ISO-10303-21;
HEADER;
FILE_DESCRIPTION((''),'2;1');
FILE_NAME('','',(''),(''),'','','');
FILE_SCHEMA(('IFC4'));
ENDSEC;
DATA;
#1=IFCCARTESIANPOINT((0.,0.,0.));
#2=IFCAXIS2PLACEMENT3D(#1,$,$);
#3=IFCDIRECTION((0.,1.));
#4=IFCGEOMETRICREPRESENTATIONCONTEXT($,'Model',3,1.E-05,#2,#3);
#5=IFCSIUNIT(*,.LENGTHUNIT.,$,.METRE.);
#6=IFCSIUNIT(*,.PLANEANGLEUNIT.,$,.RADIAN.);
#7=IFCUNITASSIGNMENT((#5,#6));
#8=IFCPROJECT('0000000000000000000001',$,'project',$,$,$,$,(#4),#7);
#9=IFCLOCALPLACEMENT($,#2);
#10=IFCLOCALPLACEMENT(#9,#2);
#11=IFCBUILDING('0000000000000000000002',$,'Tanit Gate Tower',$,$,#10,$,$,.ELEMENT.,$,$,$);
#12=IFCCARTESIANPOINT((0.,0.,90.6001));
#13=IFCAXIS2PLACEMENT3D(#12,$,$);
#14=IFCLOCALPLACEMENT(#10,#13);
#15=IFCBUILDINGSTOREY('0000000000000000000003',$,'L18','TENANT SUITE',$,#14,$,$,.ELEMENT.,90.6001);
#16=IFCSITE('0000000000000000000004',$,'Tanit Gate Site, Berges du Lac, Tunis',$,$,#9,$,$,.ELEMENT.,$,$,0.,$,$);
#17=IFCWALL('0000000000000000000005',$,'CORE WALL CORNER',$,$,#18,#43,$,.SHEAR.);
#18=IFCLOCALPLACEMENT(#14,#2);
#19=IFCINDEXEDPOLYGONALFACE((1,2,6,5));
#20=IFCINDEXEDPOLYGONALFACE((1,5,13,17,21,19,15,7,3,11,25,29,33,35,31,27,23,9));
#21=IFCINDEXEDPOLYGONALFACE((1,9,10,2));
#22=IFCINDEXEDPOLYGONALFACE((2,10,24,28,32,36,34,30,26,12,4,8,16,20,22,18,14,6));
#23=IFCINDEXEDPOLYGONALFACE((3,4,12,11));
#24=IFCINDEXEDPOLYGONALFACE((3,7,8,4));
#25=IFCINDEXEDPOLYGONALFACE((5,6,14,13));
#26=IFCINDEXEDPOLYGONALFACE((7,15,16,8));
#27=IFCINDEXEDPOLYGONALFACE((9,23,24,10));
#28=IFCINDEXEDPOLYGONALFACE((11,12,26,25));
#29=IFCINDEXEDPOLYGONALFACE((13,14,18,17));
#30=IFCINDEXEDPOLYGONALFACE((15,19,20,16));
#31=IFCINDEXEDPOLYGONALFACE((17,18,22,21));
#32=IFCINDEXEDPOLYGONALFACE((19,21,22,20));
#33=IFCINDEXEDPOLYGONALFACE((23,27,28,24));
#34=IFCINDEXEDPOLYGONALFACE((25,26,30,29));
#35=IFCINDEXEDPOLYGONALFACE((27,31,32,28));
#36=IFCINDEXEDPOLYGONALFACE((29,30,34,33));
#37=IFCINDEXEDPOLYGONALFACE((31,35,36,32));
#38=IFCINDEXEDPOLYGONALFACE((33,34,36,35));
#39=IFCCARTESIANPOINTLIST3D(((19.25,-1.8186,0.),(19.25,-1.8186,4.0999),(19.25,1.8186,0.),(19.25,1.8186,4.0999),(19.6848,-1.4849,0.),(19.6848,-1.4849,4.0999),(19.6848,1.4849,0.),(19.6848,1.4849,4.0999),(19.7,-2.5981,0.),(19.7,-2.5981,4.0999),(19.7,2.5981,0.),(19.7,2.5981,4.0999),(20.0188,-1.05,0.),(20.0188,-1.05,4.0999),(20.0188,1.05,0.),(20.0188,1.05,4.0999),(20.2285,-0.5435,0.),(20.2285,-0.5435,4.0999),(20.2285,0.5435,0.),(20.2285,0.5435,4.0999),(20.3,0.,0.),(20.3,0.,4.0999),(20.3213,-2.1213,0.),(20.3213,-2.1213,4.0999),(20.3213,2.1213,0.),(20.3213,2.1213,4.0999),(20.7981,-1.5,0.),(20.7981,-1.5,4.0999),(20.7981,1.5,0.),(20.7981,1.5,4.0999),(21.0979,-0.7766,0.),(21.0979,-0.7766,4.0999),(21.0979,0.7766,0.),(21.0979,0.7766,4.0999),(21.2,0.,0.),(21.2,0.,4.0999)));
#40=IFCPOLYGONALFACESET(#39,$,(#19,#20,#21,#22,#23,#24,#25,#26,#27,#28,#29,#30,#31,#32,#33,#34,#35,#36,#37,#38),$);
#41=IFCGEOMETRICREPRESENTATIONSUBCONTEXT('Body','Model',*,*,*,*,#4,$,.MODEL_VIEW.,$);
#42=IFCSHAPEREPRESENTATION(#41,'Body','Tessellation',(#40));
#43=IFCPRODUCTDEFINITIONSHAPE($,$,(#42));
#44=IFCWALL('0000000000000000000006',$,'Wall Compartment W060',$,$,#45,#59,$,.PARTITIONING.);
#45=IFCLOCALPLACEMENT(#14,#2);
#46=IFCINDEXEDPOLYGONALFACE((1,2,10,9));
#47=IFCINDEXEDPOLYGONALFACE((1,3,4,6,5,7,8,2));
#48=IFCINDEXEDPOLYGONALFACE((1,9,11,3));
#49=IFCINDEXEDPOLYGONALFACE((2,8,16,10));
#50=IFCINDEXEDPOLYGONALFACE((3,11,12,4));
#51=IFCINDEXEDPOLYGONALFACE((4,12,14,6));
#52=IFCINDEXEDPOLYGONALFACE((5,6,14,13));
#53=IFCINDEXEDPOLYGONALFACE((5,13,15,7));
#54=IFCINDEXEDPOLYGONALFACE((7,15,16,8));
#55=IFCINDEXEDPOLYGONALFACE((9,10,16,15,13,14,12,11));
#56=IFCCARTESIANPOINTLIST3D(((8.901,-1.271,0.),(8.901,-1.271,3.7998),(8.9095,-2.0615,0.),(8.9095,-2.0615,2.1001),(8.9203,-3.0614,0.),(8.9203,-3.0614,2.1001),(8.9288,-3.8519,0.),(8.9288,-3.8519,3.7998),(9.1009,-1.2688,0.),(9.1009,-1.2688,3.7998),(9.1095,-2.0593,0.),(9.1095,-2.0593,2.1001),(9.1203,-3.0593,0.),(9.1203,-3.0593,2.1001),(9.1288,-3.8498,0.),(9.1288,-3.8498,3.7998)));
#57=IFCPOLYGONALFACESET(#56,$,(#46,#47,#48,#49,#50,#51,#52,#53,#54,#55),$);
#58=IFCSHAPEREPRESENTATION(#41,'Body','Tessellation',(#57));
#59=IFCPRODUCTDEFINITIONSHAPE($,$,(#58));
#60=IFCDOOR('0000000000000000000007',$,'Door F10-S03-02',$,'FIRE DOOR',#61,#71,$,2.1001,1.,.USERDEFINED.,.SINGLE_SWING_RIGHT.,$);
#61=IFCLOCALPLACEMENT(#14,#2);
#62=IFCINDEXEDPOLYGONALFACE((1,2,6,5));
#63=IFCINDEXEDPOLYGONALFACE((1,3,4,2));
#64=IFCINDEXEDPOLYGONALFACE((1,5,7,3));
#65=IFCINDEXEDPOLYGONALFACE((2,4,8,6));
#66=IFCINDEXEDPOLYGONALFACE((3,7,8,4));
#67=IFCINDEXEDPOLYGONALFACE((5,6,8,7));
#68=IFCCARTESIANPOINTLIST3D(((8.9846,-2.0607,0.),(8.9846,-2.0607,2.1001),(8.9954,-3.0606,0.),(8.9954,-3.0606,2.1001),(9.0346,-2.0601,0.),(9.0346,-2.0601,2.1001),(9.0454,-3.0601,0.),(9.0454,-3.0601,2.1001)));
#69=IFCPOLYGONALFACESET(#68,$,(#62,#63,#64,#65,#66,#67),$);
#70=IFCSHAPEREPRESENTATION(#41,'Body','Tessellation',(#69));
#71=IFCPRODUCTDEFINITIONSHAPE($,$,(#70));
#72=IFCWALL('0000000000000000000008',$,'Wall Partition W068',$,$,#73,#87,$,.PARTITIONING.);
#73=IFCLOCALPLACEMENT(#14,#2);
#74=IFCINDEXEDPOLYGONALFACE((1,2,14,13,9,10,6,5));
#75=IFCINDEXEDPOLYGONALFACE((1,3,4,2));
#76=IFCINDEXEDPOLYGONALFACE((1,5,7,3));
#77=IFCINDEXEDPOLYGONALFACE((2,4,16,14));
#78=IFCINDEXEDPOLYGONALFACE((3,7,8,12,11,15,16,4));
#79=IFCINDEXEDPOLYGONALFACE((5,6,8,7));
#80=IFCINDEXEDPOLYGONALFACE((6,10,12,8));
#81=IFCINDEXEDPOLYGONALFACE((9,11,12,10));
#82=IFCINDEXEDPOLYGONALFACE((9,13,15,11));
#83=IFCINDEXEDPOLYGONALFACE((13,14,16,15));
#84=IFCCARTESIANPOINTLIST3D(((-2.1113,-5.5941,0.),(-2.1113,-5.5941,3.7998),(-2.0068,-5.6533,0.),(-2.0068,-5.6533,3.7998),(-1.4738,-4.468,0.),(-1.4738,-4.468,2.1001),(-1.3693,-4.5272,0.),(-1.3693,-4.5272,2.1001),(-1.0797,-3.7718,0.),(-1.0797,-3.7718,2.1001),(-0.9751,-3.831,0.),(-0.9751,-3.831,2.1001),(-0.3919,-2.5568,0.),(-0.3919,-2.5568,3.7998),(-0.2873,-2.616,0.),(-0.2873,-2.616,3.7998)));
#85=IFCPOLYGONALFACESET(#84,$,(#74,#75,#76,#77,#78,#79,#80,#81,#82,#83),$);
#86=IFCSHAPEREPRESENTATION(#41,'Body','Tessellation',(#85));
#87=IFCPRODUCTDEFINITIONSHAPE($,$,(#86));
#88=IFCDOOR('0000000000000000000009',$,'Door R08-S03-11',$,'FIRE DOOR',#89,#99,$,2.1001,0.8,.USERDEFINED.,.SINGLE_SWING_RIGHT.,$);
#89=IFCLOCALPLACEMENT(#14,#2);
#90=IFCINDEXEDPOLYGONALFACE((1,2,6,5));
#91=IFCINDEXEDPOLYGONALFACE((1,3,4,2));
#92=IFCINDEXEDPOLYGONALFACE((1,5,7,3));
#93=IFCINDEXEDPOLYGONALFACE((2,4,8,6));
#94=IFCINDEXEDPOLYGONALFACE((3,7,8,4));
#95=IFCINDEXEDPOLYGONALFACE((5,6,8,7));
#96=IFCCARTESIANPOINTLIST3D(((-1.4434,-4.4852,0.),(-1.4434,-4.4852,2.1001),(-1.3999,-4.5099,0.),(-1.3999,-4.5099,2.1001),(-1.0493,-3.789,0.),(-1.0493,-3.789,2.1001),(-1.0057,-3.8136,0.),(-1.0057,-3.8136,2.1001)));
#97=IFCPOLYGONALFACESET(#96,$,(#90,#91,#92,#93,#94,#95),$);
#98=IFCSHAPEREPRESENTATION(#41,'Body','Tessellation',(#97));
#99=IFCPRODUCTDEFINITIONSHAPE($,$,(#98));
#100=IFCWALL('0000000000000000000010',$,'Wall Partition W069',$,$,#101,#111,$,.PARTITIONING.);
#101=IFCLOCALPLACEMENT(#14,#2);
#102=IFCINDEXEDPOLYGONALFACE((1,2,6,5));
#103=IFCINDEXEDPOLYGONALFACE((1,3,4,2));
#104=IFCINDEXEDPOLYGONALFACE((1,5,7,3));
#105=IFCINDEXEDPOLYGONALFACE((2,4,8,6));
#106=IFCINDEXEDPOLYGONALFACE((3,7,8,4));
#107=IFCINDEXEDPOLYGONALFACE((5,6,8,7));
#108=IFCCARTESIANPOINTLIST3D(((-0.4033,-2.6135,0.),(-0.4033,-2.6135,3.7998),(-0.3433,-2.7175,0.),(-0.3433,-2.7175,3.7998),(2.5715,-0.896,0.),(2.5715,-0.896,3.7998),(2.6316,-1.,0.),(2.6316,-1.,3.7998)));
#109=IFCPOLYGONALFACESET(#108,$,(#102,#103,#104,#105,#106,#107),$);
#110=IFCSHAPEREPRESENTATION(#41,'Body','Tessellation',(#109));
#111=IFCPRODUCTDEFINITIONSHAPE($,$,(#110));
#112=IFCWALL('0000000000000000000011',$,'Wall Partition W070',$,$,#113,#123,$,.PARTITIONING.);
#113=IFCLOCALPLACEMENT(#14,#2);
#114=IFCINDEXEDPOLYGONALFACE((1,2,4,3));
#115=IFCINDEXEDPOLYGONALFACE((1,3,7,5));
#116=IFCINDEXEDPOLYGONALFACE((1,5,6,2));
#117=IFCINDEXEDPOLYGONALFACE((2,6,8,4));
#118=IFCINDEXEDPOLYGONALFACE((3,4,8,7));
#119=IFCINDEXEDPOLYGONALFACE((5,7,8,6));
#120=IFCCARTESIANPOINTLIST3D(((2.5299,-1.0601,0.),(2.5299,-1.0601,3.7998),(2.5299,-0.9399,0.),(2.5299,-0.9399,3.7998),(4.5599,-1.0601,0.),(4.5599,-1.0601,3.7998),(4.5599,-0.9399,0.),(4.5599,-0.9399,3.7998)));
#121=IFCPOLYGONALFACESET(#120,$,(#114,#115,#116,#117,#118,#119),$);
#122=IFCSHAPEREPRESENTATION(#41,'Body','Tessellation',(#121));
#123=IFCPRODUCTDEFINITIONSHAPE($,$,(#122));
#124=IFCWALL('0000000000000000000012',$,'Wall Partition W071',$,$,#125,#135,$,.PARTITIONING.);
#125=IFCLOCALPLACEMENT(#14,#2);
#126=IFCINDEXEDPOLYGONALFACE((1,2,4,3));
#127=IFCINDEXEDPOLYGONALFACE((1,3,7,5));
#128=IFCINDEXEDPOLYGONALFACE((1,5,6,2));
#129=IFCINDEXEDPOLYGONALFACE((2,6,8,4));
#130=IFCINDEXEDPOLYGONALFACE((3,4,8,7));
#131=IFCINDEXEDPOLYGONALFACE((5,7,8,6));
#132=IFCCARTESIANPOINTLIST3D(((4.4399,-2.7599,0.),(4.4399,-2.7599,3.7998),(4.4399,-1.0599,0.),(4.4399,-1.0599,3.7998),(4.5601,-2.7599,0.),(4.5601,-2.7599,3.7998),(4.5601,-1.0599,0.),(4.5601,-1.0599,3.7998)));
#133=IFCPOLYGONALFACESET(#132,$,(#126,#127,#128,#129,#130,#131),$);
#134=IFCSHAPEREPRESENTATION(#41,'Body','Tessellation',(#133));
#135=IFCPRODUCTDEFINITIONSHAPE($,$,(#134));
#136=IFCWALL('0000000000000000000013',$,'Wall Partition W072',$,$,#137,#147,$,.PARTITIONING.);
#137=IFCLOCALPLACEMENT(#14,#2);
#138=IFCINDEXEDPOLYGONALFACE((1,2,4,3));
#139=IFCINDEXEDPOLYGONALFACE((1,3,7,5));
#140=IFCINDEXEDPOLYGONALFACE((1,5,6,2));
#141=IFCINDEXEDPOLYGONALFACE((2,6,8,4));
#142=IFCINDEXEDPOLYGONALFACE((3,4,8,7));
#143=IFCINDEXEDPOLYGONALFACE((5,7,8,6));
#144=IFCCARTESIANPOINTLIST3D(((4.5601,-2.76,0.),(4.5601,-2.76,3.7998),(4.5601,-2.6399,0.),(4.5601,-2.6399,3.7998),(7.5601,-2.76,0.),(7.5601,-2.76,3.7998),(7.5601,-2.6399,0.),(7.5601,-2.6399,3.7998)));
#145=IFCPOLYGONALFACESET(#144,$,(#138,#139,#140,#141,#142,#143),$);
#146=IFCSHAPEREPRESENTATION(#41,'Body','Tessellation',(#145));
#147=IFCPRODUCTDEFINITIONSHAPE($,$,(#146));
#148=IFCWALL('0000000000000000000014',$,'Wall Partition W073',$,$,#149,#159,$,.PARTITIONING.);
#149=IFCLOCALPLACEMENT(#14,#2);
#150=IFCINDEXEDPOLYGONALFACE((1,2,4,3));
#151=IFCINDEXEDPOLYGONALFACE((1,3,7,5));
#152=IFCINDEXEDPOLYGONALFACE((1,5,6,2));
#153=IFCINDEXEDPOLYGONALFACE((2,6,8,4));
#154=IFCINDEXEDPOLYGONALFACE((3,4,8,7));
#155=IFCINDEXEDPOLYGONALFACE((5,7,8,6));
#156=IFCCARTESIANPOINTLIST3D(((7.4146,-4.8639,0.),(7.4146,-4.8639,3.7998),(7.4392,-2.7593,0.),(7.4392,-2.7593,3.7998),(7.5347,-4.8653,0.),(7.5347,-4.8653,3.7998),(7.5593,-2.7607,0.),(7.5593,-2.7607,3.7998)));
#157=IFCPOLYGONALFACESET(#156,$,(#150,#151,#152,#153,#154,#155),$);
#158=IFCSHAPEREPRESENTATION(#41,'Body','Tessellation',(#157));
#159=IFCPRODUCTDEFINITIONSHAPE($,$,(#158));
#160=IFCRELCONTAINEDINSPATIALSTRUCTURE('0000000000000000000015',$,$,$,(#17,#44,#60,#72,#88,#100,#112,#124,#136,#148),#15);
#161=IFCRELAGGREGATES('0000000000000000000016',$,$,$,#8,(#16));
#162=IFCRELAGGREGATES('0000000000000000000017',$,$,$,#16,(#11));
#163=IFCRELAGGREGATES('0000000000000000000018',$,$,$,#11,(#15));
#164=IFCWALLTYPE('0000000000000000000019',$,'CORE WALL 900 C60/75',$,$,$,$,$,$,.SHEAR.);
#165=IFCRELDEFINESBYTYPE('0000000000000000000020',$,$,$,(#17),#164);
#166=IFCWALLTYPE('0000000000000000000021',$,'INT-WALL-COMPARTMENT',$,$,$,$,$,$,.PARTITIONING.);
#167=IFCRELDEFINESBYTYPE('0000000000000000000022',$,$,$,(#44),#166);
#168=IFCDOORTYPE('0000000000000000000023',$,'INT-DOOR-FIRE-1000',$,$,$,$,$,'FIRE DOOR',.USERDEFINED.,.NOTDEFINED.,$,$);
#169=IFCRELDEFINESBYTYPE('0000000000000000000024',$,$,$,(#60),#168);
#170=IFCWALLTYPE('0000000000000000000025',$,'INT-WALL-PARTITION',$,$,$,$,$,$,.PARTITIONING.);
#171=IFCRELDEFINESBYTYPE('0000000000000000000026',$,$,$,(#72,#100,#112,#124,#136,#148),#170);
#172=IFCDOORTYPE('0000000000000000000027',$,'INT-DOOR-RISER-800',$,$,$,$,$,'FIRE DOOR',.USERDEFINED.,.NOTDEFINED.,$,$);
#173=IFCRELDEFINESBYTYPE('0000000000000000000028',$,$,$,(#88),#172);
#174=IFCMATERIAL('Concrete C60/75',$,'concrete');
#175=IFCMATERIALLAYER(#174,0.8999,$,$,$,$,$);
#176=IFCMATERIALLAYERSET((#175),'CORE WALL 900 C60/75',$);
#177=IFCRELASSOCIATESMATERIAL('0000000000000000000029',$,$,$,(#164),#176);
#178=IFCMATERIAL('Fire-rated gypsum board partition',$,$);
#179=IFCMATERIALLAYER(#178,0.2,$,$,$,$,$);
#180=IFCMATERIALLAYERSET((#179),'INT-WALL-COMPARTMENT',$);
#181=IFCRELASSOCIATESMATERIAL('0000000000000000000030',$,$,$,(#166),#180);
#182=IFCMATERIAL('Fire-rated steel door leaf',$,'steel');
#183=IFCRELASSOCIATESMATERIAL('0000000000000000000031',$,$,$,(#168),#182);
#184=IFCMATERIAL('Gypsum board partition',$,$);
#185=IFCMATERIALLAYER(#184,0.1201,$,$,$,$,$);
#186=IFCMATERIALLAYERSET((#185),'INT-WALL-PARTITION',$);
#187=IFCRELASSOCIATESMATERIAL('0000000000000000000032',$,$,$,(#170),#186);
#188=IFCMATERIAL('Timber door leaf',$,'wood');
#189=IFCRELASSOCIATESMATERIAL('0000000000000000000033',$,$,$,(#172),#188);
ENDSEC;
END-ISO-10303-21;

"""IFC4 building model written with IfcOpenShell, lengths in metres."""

from ifc_helpers import new_model, si_unit, direction, frame, frame_2d, origin, place, context, subcontext, project, spatial, polyline, rectangle, outline, extrude, material, layer, layer_set, type_object, element, fill, save


model = new_model("IFC4")

# Units and contexts
model_context = context("Model", 3, precision=1e-05, world=origin(), true_north=direction((0.0, 1.0)))
body_context = subcontext(model_context, "Body", "Model", "MODEL_VIEW")
ifc_project = project(units=[si_unit("LENGTHUNIT", "METRE"), si_unit("PLANEANGLEUNIT", "RADIAN")], contexts=[model_context])

# Site, building, storey
site_placement = place(None, origin())
site = spatial("IfcSite", under=ifc_project, at=site_placement, Name="Tanit Gate Site, Berges du Lac, Tunis", CompositionType="ELEMENT", RefElevation=0.0)
building_placement = place(site_placement, origin())
building = spatial("IfcBuilding", under=site, at=building_placement, Name="Tanit Gate Tower", CompositionType="ELEMENT")
storey_placement = place(building_placement, frame((0.0, 0.0, 90.6001)))
storey = spatial("IfcBuildingStorey", under=building, at=storey_placement, Name="L18", Description="TENANT SUITE", CompositionType="ELEMENT", Elevation=90.6001)

# Wall
ifc_material_1 = material(Name="Concrete C60/75", Category="concrete")
ifc_layer_1 = layer(ifc_material_1, 0.8999)
ifc_layer_set_1 = layer_set([ifc_layer_1], Name="CORE WALL 900 C60/75")
wall_type_1 = type_object("IfcWallType", Name="CORE WALL 900 C60/75", PredefinedType="SHEAR", material=ifc_layer_set_1)
wall_1_placement = place(storey_placement, origin())
element("IfcWall", 1, at=wall_1_placement, inside=storey, type_object=wall_type_1, Name="CORE WALL CORNER", PredefinedType="SHEAR", context=body_context, shape_type="SweptSolid", body=[
    extrude(outline(polyline([(19.7, -2.5981), (20.3213, -2.1213), (20.7981, -1.5), (21.0979, -0.7766), (21.2, 0.0), (21.0979, 0.7766), (20.7981, 1.5), (20.3213, 2.1213), (19.7, 2.5981), (19.25, 1.8186), (19.6848, 1.4849), (20.0188, 1.05), (20.2285, 0.5435), (20.3, 0.0), (20.2285, -0.5435), (20.0188, -1.05), (19.6848, -1.4849), (19.25, -1.8186), (19.7, -2.5981)])), origin(), (0.0, 0.0, 1.0), 4.0999),
])

# Walls, openings, doors
ifc_material_2 = material(Name="Fire-rated gypsum board partition")
ifc_layer_2 = layer(ifc_material_2, 0.2)
ifc_layer_set_2 = layer_set([ifc_layer_2], Name="INT-WALL-COMPARTMENT")
wall_type_2 = type_object("IfcWallType", Name="INT-WALL-COMPARTMENT", PredefinedType="PARTITIONING", material=ifc_layer_set_2)
wall_2_placement = place(storey_placement, frame((9.0288, -3.8508, 0.0), z_axis=(0.0, 0.0, 1.0), x_axis=(-0.010784, 0.999942, 0.0)))
wall_2 = element("IfcWall", 2, at=wall_2_placement, inside=storey, type_object=wall_type_2, Name="Wall Compartment W060", PredefinedType="PARTITIONING", context=body_context, shape_type="SweptSolid", body=[
    extrude(rectangle(XDim=2.5811, YDim=0.2, at=frame_2d((1.2905, 0.0))), origin(), (0.0, 0.0, 1.0), 3.7998),
])
opening_1_placement = place(wall_2_placement, frame((0.7905, 0.0, 0.0)))
opening_1 = element("IfcOpeningElement", 3, at=opening_1_placement, cuts=wall_2, PredefinedType="OPENING", context=body_context, shape_type="SweptSolid", body=[
    extrude(rectangle(XDim=1.0, YDim=2.1001, at=frame_2d((0.5, 1.05))), frame((0.0, 0.1099, 0.0), z_axis=(0.0, -1.0, 0.0), x_axis=(1.0, 0.0, 0.0)), (0.0, 0.0, 1.0), 0.22),
])
ifc_material_3 = material(Name="Fire-rated steel door leaf", Category="steel")
door_type_1 = type_object("IfcDoorType", Name="INT-DOOR-FIRE-1000", ElementType="FIRE DOOR", OperationType="NOTDEFINED", PredefinedType="USERDEFINED", material=ifc_material_3)
door_1_placement = place(opening_1_placement, origin())
door_1 = element("IfcDoor", 4, at=door_1_placement, inside=storey, type_object=door_type_1, Name="Door F10-S03-02", ObjectType="FIRE DOOR", OperationType="SINGLE_SWING_RIGHT", OverallHeight=2.1001, OverallWidth=1.0, PredefinedType="USERDEFINED", context=body_context, shape_type="SweptSolid", body=[
    extrude(rectangle(XDim=1.0, YDim=2.1001, at=frame_2d((0.5, 1.05))), frame((0.0, 0.0249, 0.0), z_axis=(0.0, -1.0, 0.0), x_axis=(1.0, 0.0, 0.0)), (0.0, 0.0, 1.0), 0.05),
])
fill(opening_1, door_1)
ifc_material_4 = material(Name="Gypsum board partition")
ifc_layer_3 = layer(ifc_material_4, 0.1201)
ifc_layer_set_3 = layer_set([ifc_layer_3], Name="INT-WALL-PARTITION")
wall_type_3 = type_object("IfcWallType", Name="INT-WALL-PARTITION", PredefinedType="PARTITIONING", material=ifc_layer_set_3)
wall_3_placement = place(storey_placement, frame((-0.3396, -2.5864, 0.0), z_axis=(0.0, 0.0, 1.0), x_axis=(-0.492647, -0.870229, 0.0)))
wall_3 = element("IfcWall", 5, at=wall_3_placement, inside=storey, type_object=wall_type_3, Name="Wall Partition W068", PredefinedType="PARTITIONING", context=body_context, shape_type="SweptSolid", body=[
    extrude(rectangle(XDim=3.4902, YDim=0.1201, at=frame_2d((1.7451, 0.0))), origin(), (0.0, 0.0, 1.0), 3.7998),
])
opening_2_placement = place(wall_3_placement, frame((1.3962, 0.0, 0.0)))
opening_2 = element("IfcOpeningElement", 6, at=opening_2_placement, cuts=wall_3, PredefinedType="OPENING", context=body_context, shape_type="SweptSolid", body=[
    extrude(rectangle(XDim=0.8, YDim=2.1001, at=frame_2d((0.3999, 1.05))), frame((0.0, 0.0701, 0.0), z_axis=(0.0, -1.0, 0.0), x_axis=(1.0, 0.0, 0.0)), (0.0, 0.0, 1.0), 0.1401),
])
ifc_material_5 = material(Name="Timber door leaf", Category="wood")
door_type_2 = type_object("IfcDoorType", Name="INT-DOOR-RISER-800", ElementType="FIRE DOOR", OperationType="NOTDEFINED", PredefinedType="USERDEFINED", material=ifc_material_5)
door_2_placement = place(opening_2_placement, origin())
door_2 = element("IfcDoor", 7, at=door_2_placement, inside=storey, type_object=door_type_2, Name="Door R08-S03-11", ObjectType="FIRE DOOR", OperationType="SINGLE_SWING_RIGHT", OverallHeight=2.1001, OverallWidth=0.8, PredefinedType="USERDEFINED", context=body_context, shape_type="SweptSolid", body=[
    extrude(rectangle(XDim=0.8, YDim=2.1001, at=frame_2d((0.3999, 1.05))), frame((0.0, 0.0249, 0.0), z_axis=(0.0, -1.0, 0.0), x_axis=(1.0, 0.0, 0.0)), (0.0, 0.0, 1.0), 0.05),
])
fill(opening_2, door_2)

# Walls
wall_4_placement = place(storey_placement, frame((2.6016, -0.948, 0.0), z_axis=(0.0, 0.0, 1.0), x_axis=(-0.866026, -0.499999, 0.0)))
element("IfcWall", 8, at=wall_4_placement, inside=storey, type_object=wall_type_3, Name="Wall Partition W069", PredefinedType="PARTITIONING", context=body_context, shape_type="SweptSolid", body=[
    extrude(rectangle(XDim=3.4351, YDim=0.1201, at=frame_2d((1.7175, 0.0))), origin(), (0.0, 0.0, 1.0), 3.7998),
])
wall_5_placement = place(storey_placement, frame((4.5601, -1.0, 0.0), z_axis=(0.0, 0.0, 1.0), x_axis=(-1.0, 0.0, 0.0)))
element("IfcWall", 9, at=wall_5_placement, inside=storey, type_object=wall_type_3, Name="Wall Partition W070", PredefinedType="PARTITIONING", context=body_context, shape_type="SweptSolid", body=[
    extrude(rectangle(XDim=2.03, YDim=0.1201, at=frame_2d((1.0151, 0.0))), origin(), (0.0, 0.0, 1.0), 3.7998),
])
wall_6_placement = place(storey_placement, frame((4.5, -2.76, 0.0), z_axis=(0.0, 0.0, 1.0), x_axis=(0.0, 1.0, 0.0)))
element("IfcWall", 10, at=wall_6_placement, inside=storey, type_object=wall_type_3, Name="Wall Partition W071", PredefinedType="PARTITIONING", context=body_context, shape_type="SweptSolid", body=[
    extrude(rectangle(XDim=1.7, YDim=0.1201, at=frame_2d((0.8501, 0.0))), origin(), (0.0, 0.0, 1.0), 3.7998),
])
wall_7_placement = place(storey_placement, frame((7.5601, -2.7, 0.0), z_axis=(0.0, 0.0, 1.0), x_axis=(-1.0, 0.0, 0.0)))
element("IfcWall", 11, at=wall_7_placement, inside=storey, type_object=wall_type_3, Name="Wall Partition W072", PredefinedType="PARTITIONING", context=body_context, shape_type="SweptSolid", body=[
    extrude(rectangle(XDim=3.0, YDim=0.1201, at=frame_2d((1.5, 0.0))), origin(), (0.0, 0.0, 1.0), 3.7998),
])
wall_8_placement = place(storey_placement, frame((7.4746, -4.8645, 0.0), z_axis=(0.0, 0.0, 1.0), x_axis=(0.011716, 0.999931, 0.0)))
element("IfcWall", 12, at=wall_8_placement, inside=storey, type_object=wall_type_3, Name="Wall Partition W073", PredefinedType="PARTITIONING", context=body_context, shape_type="SweptSolid", body=[
    extrude(rectangle(XDim=2.1047, YDim=0.1201, at=frame_2d((1.0522, 0.0))), origin(), (0.0, 0.0, 1.0), 3.7998),
])

save(model, "model.ifc")
